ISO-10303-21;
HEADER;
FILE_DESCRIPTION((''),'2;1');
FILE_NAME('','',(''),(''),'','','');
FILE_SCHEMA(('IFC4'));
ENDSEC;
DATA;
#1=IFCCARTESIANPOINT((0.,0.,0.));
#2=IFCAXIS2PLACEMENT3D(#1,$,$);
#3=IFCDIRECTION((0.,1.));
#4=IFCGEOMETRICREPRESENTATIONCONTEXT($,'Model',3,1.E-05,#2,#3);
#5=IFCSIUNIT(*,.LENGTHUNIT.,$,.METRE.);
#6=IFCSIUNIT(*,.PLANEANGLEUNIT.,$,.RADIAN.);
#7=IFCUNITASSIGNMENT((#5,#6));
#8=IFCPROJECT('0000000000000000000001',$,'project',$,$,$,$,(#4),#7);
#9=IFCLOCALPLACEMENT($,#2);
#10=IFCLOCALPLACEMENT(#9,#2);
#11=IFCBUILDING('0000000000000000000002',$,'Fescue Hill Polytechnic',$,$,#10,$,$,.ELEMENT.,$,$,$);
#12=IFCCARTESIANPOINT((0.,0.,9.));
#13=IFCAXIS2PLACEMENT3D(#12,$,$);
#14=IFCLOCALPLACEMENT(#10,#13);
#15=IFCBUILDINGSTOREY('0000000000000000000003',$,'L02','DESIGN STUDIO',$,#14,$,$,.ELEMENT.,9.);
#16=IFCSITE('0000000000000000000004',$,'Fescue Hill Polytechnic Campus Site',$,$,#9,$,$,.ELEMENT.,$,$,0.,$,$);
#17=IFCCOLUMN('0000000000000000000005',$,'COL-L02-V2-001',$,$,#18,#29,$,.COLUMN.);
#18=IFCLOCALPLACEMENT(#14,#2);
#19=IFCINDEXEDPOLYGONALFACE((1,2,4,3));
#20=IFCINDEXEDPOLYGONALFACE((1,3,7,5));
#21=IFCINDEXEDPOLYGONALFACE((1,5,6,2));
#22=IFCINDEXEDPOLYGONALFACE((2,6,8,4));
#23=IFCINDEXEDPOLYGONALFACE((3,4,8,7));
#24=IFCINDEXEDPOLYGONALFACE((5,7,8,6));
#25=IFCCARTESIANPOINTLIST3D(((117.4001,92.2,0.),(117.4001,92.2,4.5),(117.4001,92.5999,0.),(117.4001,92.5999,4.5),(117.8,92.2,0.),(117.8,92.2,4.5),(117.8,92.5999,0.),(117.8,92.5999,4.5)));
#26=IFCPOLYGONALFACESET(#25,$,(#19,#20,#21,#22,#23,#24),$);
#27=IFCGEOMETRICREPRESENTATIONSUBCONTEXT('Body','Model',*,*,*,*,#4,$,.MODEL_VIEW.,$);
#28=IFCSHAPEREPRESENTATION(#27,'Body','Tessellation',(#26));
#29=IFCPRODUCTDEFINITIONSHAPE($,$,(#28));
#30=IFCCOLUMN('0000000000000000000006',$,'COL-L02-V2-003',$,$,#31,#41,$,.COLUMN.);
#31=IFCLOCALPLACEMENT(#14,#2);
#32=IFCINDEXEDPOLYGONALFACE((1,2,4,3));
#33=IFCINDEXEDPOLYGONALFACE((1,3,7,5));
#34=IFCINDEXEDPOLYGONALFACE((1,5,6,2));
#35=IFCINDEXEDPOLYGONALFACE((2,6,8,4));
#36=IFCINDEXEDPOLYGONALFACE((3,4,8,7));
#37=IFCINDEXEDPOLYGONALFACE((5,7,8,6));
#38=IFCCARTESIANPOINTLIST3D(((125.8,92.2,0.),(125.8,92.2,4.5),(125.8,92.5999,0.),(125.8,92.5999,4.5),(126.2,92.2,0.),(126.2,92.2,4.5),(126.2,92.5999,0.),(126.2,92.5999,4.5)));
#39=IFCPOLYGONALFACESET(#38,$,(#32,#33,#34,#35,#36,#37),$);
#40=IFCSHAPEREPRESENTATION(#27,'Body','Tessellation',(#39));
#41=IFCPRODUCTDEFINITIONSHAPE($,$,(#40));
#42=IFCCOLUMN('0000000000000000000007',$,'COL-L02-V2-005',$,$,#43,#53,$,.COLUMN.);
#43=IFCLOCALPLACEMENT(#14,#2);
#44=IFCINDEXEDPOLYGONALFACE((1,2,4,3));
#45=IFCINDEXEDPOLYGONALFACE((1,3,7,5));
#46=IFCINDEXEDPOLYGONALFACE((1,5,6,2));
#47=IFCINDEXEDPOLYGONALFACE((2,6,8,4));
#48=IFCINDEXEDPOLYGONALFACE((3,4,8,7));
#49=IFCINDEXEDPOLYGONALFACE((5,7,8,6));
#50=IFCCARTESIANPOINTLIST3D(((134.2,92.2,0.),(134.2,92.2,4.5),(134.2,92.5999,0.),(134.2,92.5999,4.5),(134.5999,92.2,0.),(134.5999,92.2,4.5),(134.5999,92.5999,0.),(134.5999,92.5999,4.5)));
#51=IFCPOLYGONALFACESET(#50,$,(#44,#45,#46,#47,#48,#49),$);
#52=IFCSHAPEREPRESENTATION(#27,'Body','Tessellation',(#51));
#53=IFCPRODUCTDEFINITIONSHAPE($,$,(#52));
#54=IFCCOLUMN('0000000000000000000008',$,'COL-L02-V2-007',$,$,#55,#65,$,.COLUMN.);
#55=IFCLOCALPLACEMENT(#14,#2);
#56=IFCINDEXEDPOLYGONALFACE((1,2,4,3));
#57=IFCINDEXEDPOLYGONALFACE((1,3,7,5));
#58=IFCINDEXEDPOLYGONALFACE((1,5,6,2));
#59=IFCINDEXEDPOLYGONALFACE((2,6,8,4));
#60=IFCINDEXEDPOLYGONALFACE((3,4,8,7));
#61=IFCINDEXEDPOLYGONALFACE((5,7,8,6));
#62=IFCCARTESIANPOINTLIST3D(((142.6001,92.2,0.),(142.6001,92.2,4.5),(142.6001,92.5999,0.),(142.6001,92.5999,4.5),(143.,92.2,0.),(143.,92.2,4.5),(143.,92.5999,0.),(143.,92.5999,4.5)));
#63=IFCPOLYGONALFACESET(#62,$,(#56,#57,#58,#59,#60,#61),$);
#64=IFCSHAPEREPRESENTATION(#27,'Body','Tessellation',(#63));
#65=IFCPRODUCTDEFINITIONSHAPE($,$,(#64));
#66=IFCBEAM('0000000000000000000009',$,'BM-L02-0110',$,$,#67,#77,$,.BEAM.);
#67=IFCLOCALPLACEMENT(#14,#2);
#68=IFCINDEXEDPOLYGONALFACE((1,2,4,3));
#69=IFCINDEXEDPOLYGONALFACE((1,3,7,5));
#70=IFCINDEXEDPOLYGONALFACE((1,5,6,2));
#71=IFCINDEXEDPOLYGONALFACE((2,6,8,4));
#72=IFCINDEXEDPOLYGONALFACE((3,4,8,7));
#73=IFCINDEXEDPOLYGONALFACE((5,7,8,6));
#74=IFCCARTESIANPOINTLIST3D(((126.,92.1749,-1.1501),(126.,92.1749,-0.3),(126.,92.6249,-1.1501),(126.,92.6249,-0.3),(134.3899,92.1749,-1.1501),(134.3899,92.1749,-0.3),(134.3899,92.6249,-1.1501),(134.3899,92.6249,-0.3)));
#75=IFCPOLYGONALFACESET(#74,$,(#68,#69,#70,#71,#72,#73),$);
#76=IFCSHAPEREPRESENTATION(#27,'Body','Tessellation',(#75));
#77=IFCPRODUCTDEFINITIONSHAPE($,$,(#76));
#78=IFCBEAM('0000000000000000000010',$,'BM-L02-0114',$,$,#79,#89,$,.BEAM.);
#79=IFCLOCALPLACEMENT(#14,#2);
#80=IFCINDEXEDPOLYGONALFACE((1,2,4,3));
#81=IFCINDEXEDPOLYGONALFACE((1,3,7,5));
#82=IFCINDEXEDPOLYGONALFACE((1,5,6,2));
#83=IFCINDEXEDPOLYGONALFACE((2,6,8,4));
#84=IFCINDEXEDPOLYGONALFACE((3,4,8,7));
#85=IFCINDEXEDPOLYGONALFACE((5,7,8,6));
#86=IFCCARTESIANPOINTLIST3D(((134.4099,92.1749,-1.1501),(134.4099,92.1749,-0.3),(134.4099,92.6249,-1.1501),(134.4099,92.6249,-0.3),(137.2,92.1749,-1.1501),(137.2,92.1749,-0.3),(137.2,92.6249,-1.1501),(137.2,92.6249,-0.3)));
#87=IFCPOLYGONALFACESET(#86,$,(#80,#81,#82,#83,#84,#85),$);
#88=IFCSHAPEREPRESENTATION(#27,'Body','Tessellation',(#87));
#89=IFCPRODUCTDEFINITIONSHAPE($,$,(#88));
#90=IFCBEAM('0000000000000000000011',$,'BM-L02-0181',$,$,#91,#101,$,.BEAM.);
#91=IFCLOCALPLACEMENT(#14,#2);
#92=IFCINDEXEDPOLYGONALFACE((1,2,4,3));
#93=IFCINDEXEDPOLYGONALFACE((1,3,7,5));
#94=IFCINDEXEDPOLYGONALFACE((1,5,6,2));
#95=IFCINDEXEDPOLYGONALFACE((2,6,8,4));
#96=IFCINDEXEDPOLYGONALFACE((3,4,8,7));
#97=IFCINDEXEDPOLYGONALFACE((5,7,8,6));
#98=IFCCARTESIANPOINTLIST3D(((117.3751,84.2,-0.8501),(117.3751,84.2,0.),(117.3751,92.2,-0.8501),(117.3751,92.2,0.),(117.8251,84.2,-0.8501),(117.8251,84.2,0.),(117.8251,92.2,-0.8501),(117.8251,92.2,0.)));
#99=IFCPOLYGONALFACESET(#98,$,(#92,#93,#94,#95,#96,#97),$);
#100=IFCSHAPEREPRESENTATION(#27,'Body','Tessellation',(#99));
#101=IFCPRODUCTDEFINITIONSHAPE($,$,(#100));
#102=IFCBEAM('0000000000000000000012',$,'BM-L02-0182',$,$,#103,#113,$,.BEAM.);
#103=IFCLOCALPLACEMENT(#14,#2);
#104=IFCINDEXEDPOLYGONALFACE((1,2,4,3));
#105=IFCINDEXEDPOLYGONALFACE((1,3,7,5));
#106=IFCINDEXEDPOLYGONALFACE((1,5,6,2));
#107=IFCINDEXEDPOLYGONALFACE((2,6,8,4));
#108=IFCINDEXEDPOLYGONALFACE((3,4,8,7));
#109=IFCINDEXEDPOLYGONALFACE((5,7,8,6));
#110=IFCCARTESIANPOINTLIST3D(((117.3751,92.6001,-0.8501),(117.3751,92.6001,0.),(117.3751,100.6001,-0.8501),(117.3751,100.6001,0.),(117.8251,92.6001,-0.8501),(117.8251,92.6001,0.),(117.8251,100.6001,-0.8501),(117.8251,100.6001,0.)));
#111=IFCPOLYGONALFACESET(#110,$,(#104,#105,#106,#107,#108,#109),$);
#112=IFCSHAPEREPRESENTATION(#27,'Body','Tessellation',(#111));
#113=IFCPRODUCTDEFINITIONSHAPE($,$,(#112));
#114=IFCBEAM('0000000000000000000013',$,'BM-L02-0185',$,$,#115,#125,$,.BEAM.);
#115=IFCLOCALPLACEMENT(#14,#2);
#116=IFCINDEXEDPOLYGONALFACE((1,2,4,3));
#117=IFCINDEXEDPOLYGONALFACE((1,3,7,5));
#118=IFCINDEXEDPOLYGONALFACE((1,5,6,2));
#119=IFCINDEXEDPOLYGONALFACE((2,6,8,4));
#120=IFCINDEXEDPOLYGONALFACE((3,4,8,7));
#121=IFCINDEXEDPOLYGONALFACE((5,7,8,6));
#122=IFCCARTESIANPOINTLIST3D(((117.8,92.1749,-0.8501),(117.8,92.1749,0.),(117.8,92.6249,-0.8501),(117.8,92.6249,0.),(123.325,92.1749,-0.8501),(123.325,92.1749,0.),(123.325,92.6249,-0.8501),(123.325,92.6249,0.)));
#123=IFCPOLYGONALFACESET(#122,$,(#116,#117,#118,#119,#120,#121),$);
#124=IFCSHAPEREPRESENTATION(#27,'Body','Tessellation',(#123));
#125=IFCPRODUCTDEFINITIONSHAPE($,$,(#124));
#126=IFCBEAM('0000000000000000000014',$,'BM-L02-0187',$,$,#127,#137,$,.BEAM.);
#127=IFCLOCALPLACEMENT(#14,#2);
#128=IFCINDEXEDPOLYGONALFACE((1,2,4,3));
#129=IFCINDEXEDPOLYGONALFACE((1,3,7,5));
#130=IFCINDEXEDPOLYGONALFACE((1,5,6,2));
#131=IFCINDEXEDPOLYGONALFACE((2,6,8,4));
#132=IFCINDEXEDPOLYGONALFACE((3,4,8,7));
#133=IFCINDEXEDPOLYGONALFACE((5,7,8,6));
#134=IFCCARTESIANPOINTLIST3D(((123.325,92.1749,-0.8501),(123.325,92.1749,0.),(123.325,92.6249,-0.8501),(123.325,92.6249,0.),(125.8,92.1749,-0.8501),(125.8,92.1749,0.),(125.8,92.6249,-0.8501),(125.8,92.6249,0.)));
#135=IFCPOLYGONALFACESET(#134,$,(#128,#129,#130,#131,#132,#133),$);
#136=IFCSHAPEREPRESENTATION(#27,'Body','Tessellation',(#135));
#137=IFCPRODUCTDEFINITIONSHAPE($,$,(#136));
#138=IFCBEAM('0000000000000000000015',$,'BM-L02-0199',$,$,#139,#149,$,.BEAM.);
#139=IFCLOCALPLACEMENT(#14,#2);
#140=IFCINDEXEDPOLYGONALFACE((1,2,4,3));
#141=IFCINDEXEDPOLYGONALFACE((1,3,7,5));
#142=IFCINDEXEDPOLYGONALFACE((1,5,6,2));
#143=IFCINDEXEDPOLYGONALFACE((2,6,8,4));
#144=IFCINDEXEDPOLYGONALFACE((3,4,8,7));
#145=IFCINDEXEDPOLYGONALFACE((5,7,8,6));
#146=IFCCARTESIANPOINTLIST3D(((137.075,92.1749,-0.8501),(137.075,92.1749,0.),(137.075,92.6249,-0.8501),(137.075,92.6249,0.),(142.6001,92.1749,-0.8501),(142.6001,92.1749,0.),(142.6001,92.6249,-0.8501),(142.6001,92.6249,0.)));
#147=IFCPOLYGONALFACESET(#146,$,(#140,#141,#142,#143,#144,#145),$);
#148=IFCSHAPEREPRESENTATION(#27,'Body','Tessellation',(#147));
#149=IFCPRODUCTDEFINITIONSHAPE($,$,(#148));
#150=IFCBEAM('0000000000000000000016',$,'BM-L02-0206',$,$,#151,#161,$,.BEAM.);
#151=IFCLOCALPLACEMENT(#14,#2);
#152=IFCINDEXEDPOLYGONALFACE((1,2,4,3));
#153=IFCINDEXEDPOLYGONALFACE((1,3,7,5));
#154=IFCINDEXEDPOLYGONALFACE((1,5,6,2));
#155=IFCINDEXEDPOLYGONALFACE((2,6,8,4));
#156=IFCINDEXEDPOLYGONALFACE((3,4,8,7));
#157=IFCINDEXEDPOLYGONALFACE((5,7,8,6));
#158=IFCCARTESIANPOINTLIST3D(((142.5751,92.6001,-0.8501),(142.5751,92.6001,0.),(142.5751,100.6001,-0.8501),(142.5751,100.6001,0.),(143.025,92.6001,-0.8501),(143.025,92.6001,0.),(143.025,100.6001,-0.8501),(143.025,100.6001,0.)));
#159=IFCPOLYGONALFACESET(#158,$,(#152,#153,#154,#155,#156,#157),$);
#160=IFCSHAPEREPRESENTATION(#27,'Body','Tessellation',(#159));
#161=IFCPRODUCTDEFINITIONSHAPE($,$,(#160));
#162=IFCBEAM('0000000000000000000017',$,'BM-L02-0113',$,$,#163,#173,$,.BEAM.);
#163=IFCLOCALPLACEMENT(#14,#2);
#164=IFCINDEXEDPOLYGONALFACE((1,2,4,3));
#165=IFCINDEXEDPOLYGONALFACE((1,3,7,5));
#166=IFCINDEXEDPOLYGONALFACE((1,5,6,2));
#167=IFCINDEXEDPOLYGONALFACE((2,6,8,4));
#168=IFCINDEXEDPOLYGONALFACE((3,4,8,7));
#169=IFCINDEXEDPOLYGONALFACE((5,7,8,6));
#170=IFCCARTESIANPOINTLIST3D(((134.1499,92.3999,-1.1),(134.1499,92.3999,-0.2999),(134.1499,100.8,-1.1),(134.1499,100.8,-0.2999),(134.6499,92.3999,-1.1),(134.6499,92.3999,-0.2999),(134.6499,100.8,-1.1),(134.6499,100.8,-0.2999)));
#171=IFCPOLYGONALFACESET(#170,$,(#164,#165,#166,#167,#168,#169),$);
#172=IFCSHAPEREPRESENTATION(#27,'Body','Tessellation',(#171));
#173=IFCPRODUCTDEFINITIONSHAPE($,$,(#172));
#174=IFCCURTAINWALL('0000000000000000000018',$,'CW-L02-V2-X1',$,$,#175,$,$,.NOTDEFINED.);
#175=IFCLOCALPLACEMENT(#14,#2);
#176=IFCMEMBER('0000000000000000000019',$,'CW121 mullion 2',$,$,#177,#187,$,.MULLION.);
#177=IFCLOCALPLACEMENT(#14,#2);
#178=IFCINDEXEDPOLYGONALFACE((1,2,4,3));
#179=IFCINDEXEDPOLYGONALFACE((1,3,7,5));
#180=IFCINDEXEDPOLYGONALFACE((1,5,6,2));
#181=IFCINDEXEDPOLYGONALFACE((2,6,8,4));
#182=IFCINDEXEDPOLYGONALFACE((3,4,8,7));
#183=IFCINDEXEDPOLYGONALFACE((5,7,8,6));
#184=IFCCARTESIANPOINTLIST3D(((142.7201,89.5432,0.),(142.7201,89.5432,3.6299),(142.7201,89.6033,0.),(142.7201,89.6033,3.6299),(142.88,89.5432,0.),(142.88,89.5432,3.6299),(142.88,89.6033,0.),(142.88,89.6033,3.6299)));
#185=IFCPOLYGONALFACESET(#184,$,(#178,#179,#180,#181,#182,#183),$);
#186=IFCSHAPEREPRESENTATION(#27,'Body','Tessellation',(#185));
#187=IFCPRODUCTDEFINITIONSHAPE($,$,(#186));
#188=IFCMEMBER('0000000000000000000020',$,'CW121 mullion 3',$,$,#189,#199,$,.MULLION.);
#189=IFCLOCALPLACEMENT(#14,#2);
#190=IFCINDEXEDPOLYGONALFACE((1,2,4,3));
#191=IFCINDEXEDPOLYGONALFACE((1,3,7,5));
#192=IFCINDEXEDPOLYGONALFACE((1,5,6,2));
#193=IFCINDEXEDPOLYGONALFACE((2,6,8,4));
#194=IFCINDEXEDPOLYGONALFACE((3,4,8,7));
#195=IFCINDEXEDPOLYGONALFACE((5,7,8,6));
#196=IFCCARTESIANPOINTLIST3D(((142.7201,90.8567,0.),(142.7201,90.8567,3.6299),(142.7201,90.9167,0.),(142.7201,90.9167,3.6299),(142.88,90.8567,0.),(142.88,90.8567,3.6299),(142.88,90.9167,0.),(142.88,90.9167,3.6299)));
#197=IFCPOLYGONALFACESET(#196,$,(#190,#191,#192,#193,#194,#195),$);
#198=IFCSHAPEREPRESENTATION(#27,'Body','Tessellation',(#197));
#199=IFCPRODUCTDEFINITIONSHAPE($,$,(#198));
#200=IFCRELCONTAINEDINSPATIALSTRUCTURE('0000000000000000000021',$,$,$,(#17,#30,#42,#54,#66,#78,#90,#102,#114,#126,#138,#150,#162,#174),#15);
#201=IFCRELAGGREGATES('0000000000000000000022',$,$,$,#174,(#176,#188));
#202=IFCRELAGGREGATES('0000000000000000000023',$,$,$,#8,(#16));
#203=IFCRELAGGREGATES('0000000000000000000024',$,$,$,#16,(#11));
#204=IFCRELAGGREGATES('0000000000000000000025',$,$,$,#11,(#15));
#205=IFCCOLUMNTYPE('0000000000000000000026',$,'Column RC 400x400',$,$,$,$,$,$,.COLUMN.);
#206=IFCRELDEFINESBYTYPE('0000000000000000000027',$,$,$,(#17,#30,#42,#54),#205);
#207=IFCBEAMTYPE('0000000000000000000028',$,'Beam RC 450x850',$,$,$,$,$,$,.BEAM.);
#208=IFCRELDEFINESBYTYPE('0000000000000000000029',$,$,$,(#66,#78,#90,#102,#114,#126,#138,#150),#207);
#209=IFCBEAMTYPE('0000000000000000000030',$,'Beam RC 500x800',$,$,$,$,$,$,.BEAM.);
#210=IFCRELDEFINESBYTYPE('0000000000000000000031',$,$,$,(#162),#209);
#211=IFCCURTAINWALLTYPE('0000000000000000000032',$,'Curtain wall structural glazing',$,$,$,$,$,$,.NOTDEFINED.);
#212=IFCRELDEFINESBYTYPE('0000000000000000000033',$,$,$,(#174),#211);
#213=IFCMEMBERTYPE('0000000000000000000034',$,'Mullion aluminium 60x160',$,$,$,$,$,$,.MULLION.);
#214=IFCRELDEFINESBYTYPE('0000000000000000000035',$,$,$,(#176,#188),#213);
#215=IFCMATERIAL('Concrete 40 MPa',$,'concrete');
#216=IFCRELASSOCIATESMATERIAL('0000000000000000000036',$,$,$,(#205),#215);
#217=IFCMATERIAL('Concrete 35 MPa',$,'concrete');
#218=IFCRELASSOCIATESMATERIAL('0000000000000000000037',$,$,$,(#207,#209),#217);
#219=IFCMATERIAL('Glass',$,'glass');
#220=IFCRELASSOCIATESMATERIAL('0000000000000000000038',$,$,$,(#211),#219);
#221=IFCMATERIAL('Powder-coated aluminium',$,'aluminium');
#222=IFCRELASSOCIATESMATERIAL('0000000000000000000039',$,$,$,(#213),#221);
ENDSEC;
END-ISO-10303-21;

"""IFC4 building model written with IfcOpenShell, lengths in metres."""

from ifc_helpers import new_model, si_unit, direction, frame, origin, origin_2d, place, context, subcontext, project, spatial, rectangle, extrude, material, material_profile, profile_set, type_object, element, aggregate, save


model = new_model("IFC4")

# Units and contexts
model_context = context("Model", 3, precision=1e-05, world=origin(), true_north=direction((0.0, 1.0)))
body_context = subcontext(model_context, "Body", "Model", "MODEL_VIEW")
ifc_project = project(units=[si_unit("LENGTHUNIT", "METRE"), si_unit("PLANEANGLEUNIT", "RADIAN")], contexts=[model_context])

# Site, building, storey
site_placement = place(None, origin())
site = spatial("IfcSite", under=ifc_project, at=site_placement, Name="Fescue Hill Polytechnic Campus Site", CompositionType="ELEMENT", RefElevation=0.0)
building_placement = place(site_placement, origin())
building = spatial("IfcBuilding", under=site, at=building_placement, Name="Fescue Hill Polytechnic", CompositionType="ELEMENT")
storey_placement = place(building_placement, frame((0.0, 0.0, 9.0)))
storey = spatial("IfcBuildingStorey", under=building, at=storey_placement, Name="L02", Description="DESIGN STUDIO", CompositionType="ELEMENT", Elevation=9.0)

# Columns
ifc_material_1 = material(Name="Concrete 40 MPa", Category="concrete")
ifc_material_profile_1 = material_profile(ifc_material_1, rectangle(XDim=0.3999, YDim=0.3999, at=origin_2d()), Name="RC 400x400")
ifc_profile_set_1 = profile_set([ifc_material_profile_1], Name="Concrete 40 MPa")
column_type = type_object("IfcColumnType", Name="Column RC 400x400", PredefinedType="COLUMN", material=ifc_profile_set_1)
for number, where, z_axis, x_axis, name in (
    (1, (117.6001, 92.3999, 0.0), (0.0, 0.0, 1.0), (1.0, 0.0, 0.0), "COL-L02-V2-001"),
    (2, (126.0, 92.3999, 0.0), (0.0, 0.0, 1.0), (1.0, 0.0, 0.0), "COL-L02-V2-003"),
    (3, (134.3999, 92.3999, 0.0), (0.0, 0.0, 1.0), (1.0, 0.0, 0.0), "COL-L02-V2-005"),
    (4, (142.8, 92.3999, 0.0), (0.0, 0.0, 1.0), (1.0, 0.0, 0.0), "COL-L02-V2-007"),
):
    element("IfcColumn", number, at=place(storey_placement, frame(where, z_axis=z_axis, x_axis=x_axis)), inside=storey, type_object=column_type, Name=name, PredefinedType="COLUMN", context=body_context, shape_type="SweptSolid", body=[
        extrude(rectangle(XDim=0.3999, YDim=0.3999, at=origin_2d()), origin(), (0.0, 0.0, 1.0), 4.5),
    ])

# Beams
ifc_material_2 = material(Name="Concrete 35 MPa", Category="concrete")
ifc_material_profile_2 = material_profile(ifc_material_2, rectangle(XDim=0.45, YDim=0.8501, at=origin_2d()), Name="RC 450x850")
ifc_profile_set_2 = profile_set([ifc_material_profile_2], Name="Concrete 35 MPa")
beam_type_1 = type_object("IfcBeamType", Name="Beam RC 450x850", PredefinedType="BEAM", material=ifc_profile_set_2)
beam_1_placement = place(storey_placement, frame((126.0, 92.3999, -0.7251), z_axis=(1.0, 0.0, 0.0), x_axis=(0.0, 1.0, 0.0)))
element("IfcBeam", 5, at=beam_1_placement, inside=storey, type_object=beam_type_1, Name="BM-L02-0110", PredefinedType="BEAM", context=body_context, shape_type="SweptSolid", body=[
    extrude(rectangle(XDim=0.45, YDim=0.8501, at=origin_2d()), origin(), (0.0, 0.0, 1.0), 8.3899),
])
beam_2_placement = place(storey_placement, frame((134.4099, 92.3999, -0.7251), z_axis=(1.0, 0.0, 0.0), x_axis=(0.0, 1.0, 0.0)))
element("IfcBeam", 6, at=beam_2_placement, inside=storey, type_object=beam_type_1, Name="BM-L02-0114", PredefinedType="BEAM", context=body_context, shape_type="SweptSolid", body=[
    extrude(rectangle(XDim=0.45, YDim=0.8501, at=origin_2d()), origin(), (0.0, 0.0, 1.0), 2.79),
])
for number, where, z_axis, x_axis, name in (
    (7, (117.6001, 92.2, -0.425), (0.0, -1.0, 0.0), (1.0, 0.0, 0.0), "BM-L02-0181"),
    (8, (117.6001, 92.6001, -0.425), (0.0, 1.0, 0.0), (-1.0, 0.0, 0.0), "BM-L02-0182"),
):
    element("IfcBeam", number, at=place(storey_placement, frame(where, z_axis=z_axis, x_axis=x_axis)), inside=storey, type_object=beam_type_1, Name=name, PredefinedType="BEAM", context=body_context, shape_type="SweptSolid", body=[
        extrude(rectangle(XDim=0.45, YDim=0.8501, at=origin_2d()), origin(), (0.0, 0.0, 1.0), 8.0),
    ])
beam_3_placement = place(storey_placement, frame((117.8, 92.3999, -0.425), z_axis=(1.0, 0.0, 0.0), x_axis=(0.0, 1.0, 0.0)))
element("IfcBeam", 9, at=beam_3_placement, inside=storey, type_object=beam_type_1, Name="BM-L02-0185", PredefinedType="BEAM", context=body_context, shape_type="SweptSolid", body=[
    extrude(rectangle(XDim=0.45, YDim=0.8501, at=origin_2d()), origin(), (0.0, 0.0, 1.0), 5.5249),
])
beam_4_placement = place(storey_placement, frame((123.325, 92.3999, -0.425), z_axis=(1.0, 0.0, 0.0), x_axis=(0.0, 1.0, 0.0)))
element("IfcBeam", 10, at=beam_4_placement, inside=storey, type_object=beam_type_1, Name="BM-L02-0187", PredefinedType="BEAM", context=body_context, shape_type="SweptSolid", body=[
    extrude(rectangle(XDim=0.45, YDim=0.8501, at=origin_2d()), origin(), (0.0, 0.0, 1.0), 2.4751),
])
beam_5_placement = place(storey_placement, frame((137.075, 92.3999, -0.425), z_axis=(1.0, 0.0, 0.0), x_axis=(0.0, 1.0, 0.0)))
element("IfcBeam", 11, at=beam_5_placement, inside=storey, type_object=beam_type_1, Name="BM-L02-0199", PredefinedType="BEAM", context=body_context, shape_type="SweptSolid", body=[
    extrude(rectangle(XDim=0.45, YDim=0.8501, at=origin_2d()), origin(), (0.0, 0.0, 1.0), 5.5251),
])
beam_6_placement = place(storey_placement, frame((142.8, 92.6001, -0.425), z_axis=(0.0, 1.0, 0.0), x_axis=(-1.0, 0.0, 0.0)))
element("IfcBeam", 12, at=beam_6_placement, inside=storey, type_object=beam_type_1, Name="BM-L02-0206", PredefinedType="BEAM", context=body_context, shape_type="SweptSolid", body=[
    extrude(rectangle(XDim=0.45, YDim=0.8501, at=origin_2d()), origin(), (0.0, 0.0, 1.0), 8.0),
])
ifc_material_profile_3 = material_profile(ifc_material_2, rectangle(XDim=0.5, YDim=0.8, at=origin_2d()), Name="RC 500x800")
ifc_profile_set_3 = profile_set([ifc_material_profile_3], Name="Concrete 35 MPa")
beam_type_2 = type_object("IfcBeamType", Name="Beam RC 500x800", PredefinedType="BEAM", material=ifc_profile_set_3)
beam_7_placement = place(storey_placement, frame((134.3999, 92.3999, -0.7), z_axis=(0.0, 1.0, 0.0), x_axis=(-1.0, 0.0, 0.0)))
element("IfcBeam", 13, at=beam_7_placement, inside=storey, type_object=beam_type_2, Name="BM-L02-0113", PredefinedType="BEAM", context=body_context, shape_type="SweptSolid", body=[
    extrude(rectangle(XDim=0.5, YDim=0.8, at=origin_2d()), origin(), (0.0, 0.0, 1.0), 8.4001),
])

# Curtain wall, members
ifc_material_3 = material(Name="Glass", Category="glass")
curtain_wall_type = type_object("IfcCurtainWallType", Name="Curtain wall structural glazing", PredefinedType="NOTDEFINED", material=ifc_material_3)
curtain_wall_placement = place(storey_placement, origin())
curtain_wall = element("IfcCurtainWall", 14, at=curtain_wall_placement, inside=storey, type_object=curtain_wall_type, Name="CW-L02-V2-X1", PredefinedType="NOTDEFINED")
ifc_material_4 = material(Name="Powder-coated aluminium", Category="aluminium")
ifc_material_profile_4 = material_profile(ifc_material_4, rectangle(XDim=0.1599, YDim=0.0601, at=origin_2d()), Name="Mullion aluminium 60x160")
ifc_profile_set_4 = profile_set([ifc_material_profile_4], Name="Powder-coated aluminium")
member_type_1 = type_object("IfcMemberType", Name="Mullion aluminium 60x160", PredefinedType="MULLION", material=ifc_profile_set_4)
member_1_placement = place(storey_placement, frame((142.8, 89.5732, 0.0), z_axis=(0.0, 0.0, 1.0), x_axis=(-1.0, 0.0, 0.0)))
member_1 = element("IfcMember", 15, at=member_1_placement, type_object=member_type_1, Name="CW121 mullion 2", PredefinedType="MULLION", context=body_context, shape_type="SweptSolid", body=[
    extrude(rectangle(XDim=0.1599, YDim=0.0601, at=origin_2d()), origin(), (0.0, 0.0, 1.0), 3.6299),
])
member_2_placement = place(storey_placement, frame((142.8, 90.8867, 0.0), z_axis=(0.0, 0.0, 1.0), x_axis=(-1.0, 0.0, 0.0)))
member_2 = element("IfcMember", 16, at=member_2_placement, type_object=member_type_1, Name="CW121 mullion 3", PredefinedType="MULLION", context=body_context, shape_type="SweptSolid", body=[
    extrude(rectangle(XDim=0.1599, YDim=0.0601, at=origin_2d()), origin(), (0.0, 0.0, 1.0), 3.6299),
])
aggregate(curtain_wall, [member_1, member_2])

save(model, "model.ifc")
